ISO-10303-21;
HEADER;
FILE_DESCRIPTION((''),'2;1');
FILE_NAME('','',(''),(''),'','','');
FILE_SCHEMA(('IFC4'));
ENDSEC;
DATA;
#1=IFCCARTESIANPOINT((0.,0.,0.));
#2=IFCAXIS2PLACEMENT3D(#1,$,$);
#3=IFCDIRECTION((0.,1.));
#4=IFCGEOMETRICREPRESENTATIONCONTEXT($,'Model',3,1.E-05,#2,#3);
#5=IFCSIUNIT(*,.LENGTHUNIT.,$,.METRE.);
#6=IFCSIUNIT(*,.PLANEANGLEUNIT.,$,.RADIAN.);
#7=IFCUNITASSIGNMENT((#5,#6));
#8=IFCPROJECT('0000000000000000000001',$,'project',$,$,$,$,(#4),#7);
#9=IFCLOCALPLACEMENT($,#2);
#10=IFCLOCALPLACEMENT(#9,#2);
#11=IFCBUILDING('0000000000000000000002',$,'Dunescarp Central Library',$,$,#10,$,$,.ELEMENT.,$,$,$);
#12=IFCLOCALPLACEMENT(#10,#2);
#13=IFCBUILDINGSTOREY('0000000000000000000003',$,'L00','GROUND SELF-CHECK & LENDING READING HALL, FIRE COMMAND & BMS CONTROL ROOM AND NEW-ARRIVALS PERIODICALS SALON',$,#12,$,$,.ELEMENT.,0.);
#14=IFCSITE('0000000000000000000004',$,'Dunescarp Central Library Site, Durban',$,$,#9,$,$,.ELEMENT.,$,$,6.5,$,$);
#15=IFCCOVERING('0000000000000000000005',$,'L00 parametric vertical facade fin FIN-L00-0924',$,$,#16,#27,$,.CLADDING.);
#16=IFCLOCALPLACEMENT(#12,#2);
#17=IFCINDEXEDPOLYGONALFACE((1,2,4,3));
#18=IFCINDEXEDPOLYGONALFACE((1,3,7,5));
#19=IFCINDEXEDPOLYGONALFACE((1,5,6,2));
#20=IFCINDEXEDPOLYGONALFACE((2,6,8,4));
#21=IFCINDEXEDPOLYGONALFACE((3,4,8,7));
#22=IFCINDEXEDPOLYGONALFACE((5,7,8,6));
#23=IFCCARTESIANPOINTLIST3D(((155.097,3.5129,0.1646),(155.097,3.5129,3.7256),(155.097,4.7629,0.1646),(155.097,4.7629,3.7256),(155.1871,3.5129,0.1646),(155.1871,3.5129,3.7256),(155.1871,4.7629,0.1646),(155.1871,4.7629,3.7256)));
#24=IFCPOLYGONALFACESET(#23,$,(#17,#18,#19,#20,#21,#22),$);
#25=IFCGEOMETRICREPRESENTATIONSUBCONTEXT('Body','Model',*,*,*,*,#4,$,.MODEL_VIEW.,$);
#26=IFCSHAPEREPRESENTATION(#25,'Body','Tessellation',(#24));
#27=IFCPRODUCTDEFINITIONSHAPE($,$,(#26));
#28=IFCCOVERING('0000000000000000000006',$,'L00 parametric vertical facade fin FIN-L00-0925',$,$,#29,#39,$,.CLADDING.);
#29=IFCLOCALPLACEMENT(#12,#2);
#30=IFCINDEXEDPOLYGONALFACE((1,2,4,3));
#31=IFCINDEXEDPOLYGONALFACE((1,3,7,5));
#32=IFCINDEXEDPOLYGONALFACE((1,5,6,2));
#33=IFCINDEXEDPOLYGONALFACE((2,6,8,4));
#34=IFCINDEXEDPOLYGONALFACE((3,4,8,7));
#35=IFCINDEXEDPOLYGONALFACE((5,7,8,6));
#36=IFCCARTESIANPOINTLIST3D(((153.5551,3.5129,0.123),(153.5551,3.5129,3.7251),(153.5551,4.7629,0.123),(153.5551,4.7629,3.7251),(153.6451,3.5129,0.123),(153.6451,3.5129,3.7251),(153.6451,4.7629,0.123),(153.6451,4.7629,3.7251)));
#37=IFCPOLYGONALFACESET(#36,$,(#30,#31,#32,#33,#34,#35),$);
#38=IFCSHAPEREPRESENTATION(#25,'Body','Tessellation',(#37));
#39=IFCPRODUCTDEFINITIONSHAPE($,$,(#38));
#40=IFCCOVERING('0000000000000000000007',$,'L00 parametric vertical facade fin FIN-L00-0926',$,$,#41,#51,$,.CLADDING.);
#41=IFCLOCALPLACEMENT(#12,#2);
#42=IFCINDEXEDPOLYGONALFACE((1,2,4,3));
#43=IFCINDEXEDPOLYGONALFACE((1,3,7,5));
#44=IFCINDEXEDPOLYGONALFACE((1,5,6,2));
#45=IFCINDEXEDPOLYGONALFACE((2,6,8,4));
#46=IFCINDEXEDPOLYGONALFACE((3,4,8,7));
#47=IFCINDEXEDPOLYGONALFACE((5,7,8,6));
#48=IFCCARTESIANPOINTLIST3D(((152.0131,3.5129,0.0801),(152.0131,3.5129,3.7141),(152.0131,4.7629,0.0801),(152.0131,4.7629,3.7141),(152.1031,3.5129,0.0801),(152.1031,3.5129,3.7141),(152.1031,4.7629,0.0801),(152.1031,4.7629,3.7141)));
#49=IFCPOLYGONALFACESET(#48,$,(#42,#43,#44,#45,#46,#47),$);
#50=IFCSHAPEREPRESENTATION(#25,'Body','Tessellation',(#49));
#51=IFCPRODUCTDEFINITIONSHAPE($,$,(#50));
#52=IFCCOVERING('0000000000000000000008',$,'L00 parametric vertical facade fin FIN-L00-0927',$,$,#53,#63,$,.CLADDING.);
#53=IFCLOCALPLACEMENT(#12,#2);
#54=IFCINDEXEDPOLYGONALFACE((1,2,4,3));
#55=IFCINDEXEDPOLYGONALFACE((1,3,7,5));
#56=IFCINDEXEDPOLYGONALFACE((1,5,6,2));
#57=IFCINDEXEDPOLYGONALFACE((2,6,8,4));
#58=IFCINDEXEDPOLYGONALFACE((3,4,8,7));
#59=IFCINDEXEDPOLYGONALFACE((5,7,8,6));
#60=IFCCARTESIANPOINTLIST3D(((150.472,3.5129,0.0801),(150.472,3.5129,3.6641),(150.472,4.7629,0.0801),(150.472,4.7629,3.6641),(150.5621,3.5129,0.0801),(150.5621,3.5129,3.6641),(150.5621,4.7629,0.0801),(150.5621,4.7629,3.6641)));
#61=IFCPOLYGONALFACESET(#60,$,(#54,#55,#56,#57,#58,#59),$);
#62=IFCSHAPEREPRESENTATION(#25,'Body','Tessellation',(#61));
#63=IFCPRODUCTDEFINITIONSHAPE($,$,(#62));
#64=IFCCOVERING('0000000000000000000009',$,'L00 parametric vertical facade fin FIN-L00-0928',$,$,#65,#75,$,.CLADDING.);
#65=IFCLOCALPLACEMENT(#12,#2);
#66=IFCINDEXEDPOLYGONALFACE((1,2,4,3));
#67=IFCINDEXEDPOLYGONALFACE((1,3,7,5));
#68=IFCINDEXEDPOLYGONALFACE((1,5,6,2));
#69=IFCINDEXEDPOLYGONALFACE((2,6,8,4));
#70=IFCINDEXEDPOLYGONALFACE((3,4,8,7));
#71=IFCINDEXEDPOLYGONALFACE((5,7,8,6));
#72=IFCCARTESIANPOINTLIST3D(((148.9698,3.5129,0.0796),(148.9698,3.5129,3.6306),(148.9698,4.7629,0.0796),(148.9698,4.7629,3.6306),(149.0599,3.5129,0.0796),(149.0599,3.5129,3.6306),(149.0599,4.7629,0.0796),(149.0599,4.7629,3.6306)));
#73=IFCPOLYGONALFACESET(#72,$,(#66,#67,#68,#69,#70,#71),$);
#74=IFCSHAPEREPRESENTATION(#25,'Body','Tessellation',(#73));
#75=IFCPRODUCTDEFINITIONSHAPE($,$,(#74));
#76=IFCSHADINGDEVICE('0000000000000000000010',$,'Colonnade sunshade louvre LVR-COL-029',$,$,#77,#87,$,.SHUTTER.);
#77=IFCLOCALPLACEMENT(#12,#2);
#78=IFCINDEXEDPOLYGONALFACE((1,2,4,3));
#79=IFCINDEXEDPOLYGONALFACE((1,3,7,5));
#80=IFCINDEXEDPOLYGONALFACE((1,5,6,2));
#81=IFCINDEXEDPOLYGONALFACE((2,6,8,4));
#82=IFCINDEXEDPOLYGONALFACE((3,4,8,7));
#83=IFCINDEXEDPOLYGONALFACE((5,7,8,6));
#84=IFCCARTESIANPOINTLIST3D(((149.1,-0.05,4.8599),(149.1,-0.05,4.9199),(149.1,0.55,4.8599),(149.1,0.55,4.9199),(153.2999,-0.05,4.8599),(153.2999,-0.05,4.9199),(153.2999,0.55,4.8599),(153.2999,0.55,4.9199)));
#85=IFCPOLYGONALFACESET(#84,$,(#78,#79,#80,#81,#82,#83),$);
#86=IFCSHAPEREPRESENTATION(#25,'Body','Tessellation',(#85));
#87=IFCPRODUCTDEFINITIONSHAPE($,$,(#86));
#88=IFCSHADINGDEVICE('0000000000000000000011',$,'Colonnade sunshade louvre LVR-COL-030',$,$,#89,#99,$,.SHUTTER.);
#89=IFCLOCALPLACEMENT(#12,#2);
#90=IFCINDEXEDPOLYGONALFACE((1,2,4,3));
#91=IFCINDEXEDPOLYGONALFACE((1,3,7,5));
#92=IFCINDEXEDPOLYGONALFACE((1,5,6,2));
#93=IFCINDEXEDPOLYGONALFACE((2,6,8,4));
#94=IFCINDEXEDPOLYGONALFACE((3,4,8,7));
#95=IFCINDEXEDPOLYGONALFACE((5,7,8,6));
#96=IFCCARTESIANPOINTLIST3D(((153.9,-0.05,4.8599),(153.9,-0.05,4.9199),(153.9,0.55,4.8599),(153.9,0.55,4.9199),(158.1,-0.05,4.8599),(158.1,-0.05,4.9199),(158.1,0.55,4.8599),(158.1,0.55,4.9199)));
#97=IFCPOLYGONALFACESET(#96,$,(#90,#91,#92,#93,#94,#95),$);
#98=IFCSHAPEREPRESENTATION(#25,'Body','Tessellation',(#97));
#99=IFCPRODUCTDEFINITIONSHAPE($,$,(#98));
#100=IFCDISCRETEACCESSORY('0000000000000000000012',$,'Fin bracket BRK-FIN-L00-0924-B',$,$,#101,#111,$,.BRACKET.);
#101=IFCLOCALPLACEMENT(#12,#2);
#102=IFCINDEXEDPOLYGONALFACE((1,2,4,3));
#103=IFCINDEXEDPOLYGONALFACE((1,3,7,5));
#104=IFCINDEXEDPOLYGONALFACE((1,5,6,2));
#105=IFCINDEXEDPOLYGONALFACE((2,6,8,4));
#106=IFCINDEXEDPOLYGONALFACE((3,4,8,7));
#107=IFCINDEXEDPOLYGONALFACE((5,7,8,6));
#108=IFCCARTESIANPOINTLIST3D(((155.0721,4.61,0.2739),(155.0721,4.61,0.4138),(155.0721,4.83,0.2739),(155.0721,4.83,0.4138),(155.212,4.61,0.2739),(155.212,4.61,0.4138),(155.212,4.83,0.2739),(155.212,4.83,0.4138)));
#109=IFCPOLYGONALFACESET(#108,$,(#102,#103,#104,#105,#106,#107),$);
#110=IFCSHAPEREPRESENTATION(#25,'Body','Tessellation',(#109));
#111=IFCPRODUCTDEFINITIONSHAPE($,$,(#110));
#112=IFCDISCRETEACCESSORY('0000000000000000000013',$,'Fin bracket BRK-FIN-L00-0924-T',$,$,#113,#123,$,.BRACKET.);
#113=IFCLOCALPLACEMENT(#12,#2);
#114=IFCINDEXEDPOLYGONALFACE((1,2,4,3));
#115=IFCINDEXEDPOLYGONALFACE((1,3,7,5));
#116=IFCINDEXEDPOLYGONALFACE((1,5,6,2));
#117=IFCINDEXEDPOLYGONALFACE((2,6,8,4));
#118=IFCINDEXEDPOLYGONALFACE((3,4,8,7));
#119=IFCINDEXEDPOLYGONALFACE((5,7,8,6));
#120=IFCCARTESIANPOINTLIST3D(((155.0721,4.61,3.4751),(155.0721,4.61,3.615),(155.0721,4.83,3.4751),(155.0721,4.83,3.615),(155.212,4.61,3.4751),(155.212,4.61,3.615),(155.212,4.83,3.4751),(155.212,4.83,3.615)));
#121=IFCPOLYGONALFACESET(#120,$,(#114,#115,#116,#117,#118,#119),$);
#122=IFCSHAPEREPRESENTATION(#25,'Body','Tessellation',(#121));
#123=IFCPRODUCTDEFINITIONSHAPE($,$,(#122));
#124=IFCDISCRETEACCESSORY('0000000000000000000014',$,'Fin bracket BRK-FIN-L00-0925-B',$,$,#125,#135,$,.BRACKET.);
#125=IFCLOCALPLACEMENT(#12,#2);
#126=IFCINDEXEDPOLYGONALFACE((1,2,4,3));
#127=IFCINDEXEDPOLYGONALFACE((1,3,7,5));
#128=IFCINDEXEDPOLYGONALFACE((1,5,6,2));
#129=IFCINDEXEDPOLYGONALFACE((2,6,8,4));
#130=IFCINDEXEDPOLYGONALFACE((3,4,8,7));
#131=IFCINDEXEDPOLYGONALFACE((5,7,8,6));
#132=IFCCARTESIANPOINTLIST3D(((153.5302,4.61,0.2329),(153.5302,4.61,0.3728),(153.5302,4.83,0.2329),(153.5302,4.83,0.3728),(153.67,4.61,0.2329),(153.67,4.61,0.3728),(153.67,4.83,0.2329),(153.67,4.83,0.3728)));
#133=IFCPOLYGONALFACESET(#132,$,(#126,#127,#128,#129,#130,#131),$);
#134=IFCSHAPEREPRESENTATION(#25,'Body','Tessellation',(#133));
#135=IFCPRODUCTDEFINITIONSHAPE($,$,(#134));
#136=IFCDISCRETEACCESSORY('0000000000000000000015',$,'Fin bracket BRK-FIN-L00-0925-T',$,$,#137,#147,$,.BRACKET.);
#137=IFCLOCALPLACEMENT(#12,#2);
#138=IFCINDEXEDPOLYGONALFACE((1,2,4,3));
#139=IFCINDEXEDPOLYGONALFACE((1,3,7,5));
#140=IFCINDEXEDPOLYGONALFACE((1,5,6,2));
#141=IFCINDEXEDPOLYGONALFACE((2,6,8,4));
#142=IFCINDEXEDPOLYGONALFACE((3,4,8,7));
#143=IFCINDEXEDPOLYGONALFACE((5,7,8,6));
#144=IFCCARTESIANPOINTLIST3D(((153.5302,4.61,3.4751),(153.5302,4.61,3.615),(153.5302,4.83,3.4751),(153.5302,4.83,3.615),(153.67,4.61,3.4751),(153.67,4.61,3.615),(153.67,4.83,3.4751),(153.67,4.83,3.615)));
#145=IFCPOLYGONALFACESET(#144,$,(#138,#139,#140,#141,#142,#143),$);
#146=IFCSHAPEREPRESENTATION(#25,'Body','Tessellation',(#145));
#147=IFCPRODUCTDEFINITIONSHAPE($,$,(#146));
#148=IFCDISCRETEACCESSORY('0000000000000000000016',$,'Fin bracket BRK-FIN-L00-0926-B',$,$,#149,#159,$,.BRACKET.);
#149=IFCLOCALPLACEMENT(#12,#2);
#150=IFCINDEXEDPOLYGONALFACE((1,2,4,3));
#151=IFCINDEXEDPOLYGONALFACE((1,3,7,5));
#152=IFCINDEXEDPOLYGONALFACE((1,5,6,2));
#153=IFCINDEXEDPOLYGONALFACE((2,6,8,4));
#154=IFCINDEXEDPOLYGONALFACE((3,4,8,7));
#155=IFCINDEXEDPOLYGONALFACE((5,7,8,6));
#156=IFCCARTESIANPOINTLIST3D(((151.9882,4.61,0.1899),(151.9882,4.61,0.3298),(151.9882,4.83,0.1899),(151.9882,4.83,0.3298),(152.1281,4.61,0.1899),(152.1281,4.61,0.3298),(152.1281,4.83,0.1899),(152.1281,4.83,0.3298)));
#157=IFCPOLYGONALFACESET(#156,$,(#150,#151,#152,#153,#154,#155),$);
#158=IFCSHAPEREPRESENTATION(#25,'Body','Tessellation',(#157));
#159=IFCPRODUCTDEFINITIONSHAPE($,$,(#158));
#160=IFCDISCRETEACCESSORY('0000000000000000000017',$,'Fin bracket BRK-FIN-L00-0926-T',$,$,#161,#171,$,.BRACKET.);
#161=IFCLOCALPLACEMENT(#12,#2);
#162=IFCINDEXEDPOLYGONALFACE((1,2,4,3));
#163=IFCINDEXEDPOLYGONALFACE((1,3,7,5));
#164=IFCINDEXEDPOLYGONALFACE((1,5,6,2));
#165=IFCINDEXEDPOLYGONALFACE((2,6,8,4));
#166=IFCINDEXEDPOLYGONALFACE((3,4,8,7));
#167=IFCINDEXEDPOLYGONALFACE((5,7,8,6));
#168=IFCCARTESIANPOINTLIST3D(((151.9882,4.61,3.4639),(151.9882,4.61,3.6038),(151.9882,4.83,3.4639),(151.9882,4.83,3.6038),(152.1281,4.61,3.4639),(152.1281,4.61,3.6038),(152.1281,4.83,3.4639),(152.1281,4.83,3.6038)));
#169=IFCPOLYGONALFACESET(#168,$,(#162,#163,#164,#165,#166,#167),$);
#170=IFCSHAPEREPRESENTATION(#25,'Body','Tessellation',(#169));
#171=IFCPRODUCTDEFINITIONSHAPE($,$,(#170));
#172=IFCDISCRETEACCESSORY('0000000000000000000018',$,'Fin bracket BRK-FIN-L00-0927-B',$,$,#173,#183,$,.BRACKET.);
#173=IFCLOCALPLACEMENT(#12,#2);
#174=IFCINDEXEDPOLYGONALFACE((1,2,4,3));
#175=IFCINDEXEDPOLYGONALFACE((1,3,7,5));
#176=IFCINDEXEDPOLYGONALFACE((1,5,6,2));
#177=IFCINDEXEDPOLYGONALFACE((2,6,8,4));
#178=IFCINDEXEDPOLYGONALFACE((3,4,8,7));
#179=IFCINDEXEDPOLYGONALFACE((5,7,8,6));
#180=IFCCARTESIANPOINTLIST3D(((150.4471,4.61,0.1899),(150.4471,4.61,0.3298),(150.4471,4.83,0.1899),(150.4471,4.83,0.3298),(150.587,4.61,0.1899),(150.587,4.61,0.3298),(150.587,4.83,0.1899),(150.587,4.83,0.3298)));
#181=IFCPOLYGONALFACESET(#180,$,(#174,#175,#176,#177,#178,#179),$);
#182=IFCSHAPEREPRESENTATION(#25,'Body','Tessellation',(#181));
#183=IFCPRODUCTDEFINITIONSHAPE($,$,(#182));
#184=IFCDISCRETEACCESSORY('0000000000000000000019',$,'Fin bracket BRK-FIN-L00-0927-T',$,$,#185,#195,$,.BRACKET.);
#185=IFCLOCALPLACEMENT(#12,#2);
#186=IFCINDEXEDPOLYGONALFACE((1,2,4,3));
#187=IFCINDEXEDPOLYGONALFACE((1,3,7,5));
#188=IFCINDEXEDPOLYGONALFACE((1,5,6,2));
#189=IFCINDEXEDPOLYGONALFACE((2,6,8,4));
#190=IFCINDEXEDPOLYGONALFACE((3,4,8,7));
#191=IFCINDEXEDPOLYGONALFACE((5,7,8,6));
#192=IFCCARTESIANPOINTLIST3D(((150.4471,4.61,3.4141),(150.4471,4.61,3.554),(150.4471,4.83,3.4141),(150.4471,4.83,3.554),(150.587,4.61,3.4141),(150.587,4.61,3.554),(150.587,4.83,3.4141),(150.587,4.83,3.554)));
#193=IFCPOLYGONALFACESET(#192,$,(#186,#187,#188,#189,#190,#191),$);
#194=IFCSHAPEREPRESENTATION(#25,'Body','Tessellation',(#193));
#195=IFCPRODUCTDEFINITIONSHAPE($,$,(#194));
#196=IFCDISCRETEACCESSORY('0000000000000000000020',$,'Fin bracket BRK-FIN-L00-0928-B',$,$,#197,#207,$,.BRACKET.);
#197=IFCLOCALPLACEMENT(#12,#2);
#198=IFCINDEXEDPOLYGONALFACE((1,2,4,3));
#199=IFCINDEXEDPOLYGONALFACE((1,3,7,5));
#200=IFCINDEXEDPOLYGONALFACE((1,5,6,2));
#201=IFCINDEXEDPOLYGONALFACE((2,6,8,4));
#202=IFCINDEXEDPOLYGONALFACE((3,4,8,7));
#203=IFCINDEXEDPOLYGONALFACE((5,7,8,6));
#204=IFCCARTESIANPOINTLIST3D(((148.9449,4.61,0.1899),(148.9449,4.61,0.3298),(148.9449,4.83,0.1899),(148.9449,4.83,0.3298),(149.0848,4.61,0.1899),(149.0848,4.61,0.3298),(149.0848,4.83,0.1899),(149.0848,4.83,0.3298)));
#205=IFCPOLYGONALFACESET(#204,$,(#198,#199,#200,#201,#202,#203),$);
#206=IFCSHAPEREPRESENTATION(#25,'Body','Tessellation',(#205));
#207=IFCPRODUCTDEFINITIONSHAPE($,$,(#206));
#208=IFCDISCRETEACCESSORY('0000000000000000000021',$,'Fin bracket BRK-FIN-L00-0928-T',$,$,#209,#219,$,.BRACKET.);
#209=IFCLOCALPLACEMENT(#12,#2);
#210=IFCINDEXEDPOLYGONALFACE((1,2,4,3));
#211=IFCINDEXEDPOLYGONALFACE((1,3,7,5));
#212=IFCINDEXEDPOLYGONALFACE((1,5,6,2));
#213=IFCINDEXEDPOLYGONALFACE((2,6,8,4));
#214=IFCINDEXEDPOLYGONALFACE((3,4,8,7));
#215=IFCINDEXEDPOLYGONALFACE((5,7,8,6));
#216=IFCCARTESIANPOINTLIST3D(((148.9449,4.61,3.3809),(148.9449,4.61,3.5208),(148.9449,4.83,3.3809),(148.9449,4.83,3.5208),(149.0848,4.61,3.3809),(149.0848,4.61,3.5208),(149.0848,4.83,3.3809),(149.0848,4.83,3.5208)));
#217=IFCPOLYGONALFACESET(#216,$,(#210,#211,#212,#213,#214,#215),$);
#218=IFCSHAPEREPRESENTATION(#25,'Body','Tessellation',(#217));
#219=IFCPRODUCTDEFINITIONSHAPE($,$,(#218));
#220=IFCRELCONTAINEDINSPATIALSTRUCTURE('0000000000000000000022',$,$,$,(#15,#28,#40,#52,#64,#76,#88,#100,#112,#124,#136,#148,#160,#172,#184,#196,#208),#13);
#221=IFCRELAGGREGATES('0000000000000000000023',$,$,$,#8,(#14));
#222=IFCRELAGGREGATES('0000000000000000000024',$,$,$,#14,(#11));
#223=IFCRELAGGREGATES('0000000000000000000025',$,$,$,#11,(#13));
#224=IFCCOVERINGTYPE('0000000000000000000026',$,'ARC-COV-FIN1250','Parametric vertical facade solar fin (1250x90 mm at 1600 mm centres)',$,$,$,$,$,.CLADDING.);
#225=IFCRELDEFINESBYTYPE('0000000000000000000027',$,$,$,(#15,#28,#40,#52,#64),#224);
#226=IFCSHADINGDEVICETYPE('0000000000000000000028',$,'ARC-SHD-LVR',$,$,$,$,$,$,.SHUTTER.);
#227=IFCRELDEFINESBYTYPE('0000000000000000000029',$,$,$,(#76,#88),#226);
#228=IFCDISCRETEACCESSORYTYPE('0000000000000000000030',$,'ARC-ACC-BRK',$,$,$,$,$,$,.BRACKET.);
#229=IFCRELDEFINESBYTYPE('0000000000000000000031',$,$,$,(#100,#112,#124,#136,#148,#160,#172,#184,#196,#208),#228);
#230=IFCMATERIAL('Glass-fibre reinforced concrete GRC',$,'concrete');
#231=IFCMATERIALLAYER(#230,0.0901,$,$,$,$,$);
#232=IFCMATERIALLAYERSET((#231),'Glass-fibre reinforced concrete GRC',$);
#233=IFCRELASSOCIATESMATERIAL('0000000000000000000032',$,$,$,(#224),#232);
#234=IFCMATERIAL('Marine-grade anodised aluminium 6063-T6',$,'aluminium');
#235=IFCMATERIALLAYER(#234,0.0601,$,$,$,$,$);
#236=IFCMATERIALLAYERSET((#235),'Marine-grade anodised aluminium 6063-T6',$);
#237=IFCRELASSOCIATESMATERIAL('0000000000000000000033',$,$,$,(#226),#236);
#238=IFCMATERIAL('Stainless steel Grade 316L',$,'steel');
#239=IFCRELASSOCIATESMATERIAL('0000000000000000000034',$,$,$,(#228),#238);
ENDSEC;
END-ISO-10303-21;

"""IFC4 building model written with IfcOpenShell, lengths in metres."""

from ifc_helpers import new_model, si_unit, direction, frame, origin, origin_2d, place, context, subcontext, project, spatial, rectangle, extrude, material, layer, layer_set, type_object, element, save


model = new_model("IFC4")

# Units and contexts
model_context = context("Model", 3, precision=1e-05, world=origin(), true_north=direction((0.0, 1.0)))
body_context = subcontext(model_context, "Body", "Model", "MODEL_VIEW")
ifc_project = project(units=[si_unit("LENGTHUNIT", "METRE"), si_unit("PLANEANGLEUNIT", "RADIAN")], contexts=[model_context])

# Site, building, storey
site_placement = place(None, origin())
site = spatial("IfcSite", under=ifc_project, at=site_placement, Name="Dunescarp Central Library Site, Durban", CompositionType="ELEMENT", RefElevation=6.5)
building_placement = place(site_placement, origin())
building = spatial("IfcBuilding", under=site, at=building_placement, Name="Dunescarp Central Library", CompositionType="ELEMENT")
storey_placement = place(building_placement, origin())
storey = spatial("IfcBuildingStorey", under=building, at=storey_placement, Name="L00", Description="GROUND SELF-CHECK & LENDING READING HALL, FIRE COMMAND & BMS CONTROL ROOM AND NEW-ARRIVALS PERIODICALS SALON", CompositionType="ELEMENT", Elevation=0.0)

# Shared definitions
ifc_material_1 = material(Name="Marine-grade anodised aluminium 6063-T6", Category="aluminium")

# Shared definitions
ifc_material_2 = material(Name="Glass-fibre reinforced concrete GRC", Category="concrete")

# Coverings
ifc_layer_1 = layer(ifc_material_2, 0.0901)
ifc_layer_set_1 = layer_set([ifc_layer_1], Name="Glass-fibre reinforced concrete GRC")
covering_type = type_object("IfcCoveringType", Name="ARC-COV-FIN1250", Description="Parametric vertical facade solar fin (1250x90 mm at 1600 mm centres)", PredefinedType="CLADDING", material=ifc_layer_set_1)
covering_1_placement = place(storey_placement, frame((155.1421, 4.1379, 0.1646), z_axis=(0.0, 0.0, 1.0), x_axis=(0.0, -1.0, 0.0)))
element("IfcCovering", 1, at=covering_1_placement, inside=storey, type_object=covering_type, Name="L00 parametric vertical facade fin FIN-L00-0924", PredefinedType="CLADDING", context=body_context, shape_type="SweptSolid", body=[
    extrude(rectangle(XDim=1.25, YDim=0.0901, at=origin_2d()), origin(), (0.0, 0.0, 1.0), 3.561),
])
covering_2_placement = place(storey_placement, frame((153.6001, 4.1379, 0.123), z_axis=(0.0, 0.0, 1.0), x_axis=(0.0, -1.0, 0.0)))
element("IfcCovering", 2, at=covering_2_placement, inside=storey, type_object=covering_type, Name="L00 parametric vertical facade fin FIN-L00-0925", PredefinedType="CLADDING", context=body_context, shape_type="SweptSolid", body=[
    extrude(rectangle(XDim=1.25, YDim=0.0901, at=origin_2d()), origin(), (0.0, 0.0, 1.0), 3.6021),
])
covering_3_placement = place(storey_placement, frame((152.0581, 4.1379, 0.0801), z_axis=(0.0, 0.0, 1.0), x_axis=(0.0, -1.0, 0.0)))
element("IfcCovering", 3, at=covering_3_placement, inside=storey, type_object=covering_type, Name="L00 parametric vertical facade fin FIN-L00-0926", PredefinedType="CLADDING", context=body_context, shape_type="SweptSolid", body=[
    extrude(rectangle(XDim=1.25, YDim=0.0901, at=origin_2d()), origin(), (0.0, 0.0, 1.0), 3.634),
])
covering_4_placement = place(storey_placement, frame((150.5171, 4.1379, 0.0801), z_axis=(0.0, 0.0, 1.0), x_axis=(0.0, -1.0, 0.0)))
element("IfcCovering", 4, at=covering_4_placement, inside=storey, type_object=covering_type, Name="L00 parametric vertical facade fin FIN-L00-0927", PredefinedType="CLADDING", context=body_context, shape_type="SweptSolid", body=[
    extrude(rectangle(XDim=1.25, YDim=0.0901, at=origin_2d()), origin(), (0.0, 0.0, 1.0), 3.584),
])
covering_5_placement = place(storey_placement, frame((149.0149, 4.1379, 0.0796), z_axis=(0.0, 0.0, 1.0), x_axis=(0.0, -1.0, 0.0)))
element("IfcCovering", 5, at=covering_5_placement, inside=storey, type_object=covering_type, Name="L00 parametric vertical facade fin FIN-L00-0928", PredefinedType="CLADDING", context=body_context, shape_type="SweptSolid", body=[
    extrude(rectangle(XDim=1.25, YDim=0.0901, at=origin_2d()), origin(), (0.0, 0.0, 1.0), 3.551),
])

# Shading devices
ifc_layer_2 = layer(ifc_material_1, 0.0601)
ifc_layer_set_2 = layer_set([ifc_layer_2], Name="Marine-grade anodised aluminium 6063-T6")
shading_device_type = type_object("IfcShadingDeviceType", Name="ARC-SHD-LVR", PredefinedType="SHUTTER", material=ifc_layer_set_2)
for number, where, z_axis, x_axis, name in (
    (6, (151.2, 0.25, 4.8599), (0.0, 0.0, 1.0), (1.0, 0.0, 0.0), "Colonnade sunshade louvre LVR-COL-029"),
    (7, (156.0, 0.25, 4.8599), (0.0, 0.0, 1.0), (1.0, 0.0, 0.0), "Colonnade sunshade louvre LVR-COL-030"),
):
    element("IfcShadingDevice", number, at=place(storey_placement, frame(where, z_axis=z_axis, x_axis=x_axis)), inside=storey, type_object=shading_device_type, Name=name, PredefinedType="SHUTTER", context=body_context, shape_type="SweptSolid", body=[
        extrude(rectangle(XDim=4.2, YDim=0.6001, at=origin_2d()), origin(), (0.0, 0.0, 1.0), 0.0601),
    ])

# Discrete accessories
ifc_material_3 = material(Name="Stainless steel Grade 316L", Category="steel")
discrete_accessory_type = type_object("IfcDiscreteAccessoryType", Name="ARC-ACC-BRK", PredefinedType="BRACKET", material=ifc_material_3)
for number, where, z_axis, x_axis, name in (
    (8, (155.1421, 4.72, 0.2739), (0.0, 0.0, 1.0), (0.0, -1.0, 0.0), "Fin bracket BRK-FIN-L00-0924-B"),
    (9, (155.1421, 4.72, 3.4751), (0.0, 0.0, 1.0), (0.0, -1.0, 0.0), "Fin bracket BRK-FIN-L00-0924-T"),
    (10, (153.6001, 4.72, 0.2329), (0.0, 0.0, 1.0), (0.0, -1.0, 0.0), "Fin bracket BRK-FIN-L00-0925-B"),
    (11, (153.6001, 4.72, 3.4751), (0.0, 0.0, 1.0), (0.0, -1.0, 0.0), "Fin bracket BRK-FIN-L00-0925-T"),
    (12, (152.0581, 4.72, 0.1899), (0.0, 0.0, 1.0), (0.0, -1.0, 0.0), "Fin bracket BRK-FIN-L00-0926-B"),
    (13, (152.0581, 4.72, 3.4639), (0.0, 0.0, 1.0), (0.0, -1.0, 0.0), "Fin bracket BRK-FIN-L00-0926-T"),
    (14, (150.5171, 4.72, 0.1899), (0.0, 0.0, 1.0), (0.0, -1.0, 0.0), "Fin bracket BRK-FIN-L00-0927-B"),
    (15, (150.5171, 4.72, 3.4141), (0.0, 0.0, 1.0), (0.0, -1.0, 0.0), "Fin bracket BRK-FIN-L00-0927-T"),
    (16, (149.0149, 4.72, 0.1899), (0.0, 0.0, 1.0), (0.0, -1.0, 0.0), "Fin bracket BRK-FIN-L00-0928-B"),
    (17, (149.0149, 4.72, 3.3809), (0.0, 0.0, 1.0), (0.0, -1.0, 0.0), "Fin bracket BRK-FIN-L00-0928-T"),
):
    element("IfcDiscreteAccessory", number, at=place(storey_placement, frame(where, z_axis=z_axis, x_axis=x_axis)), inside=storey, type_object=discrete_accessory_type, Name=name, PredefinedType="BRACKET", context=body_context, shape_type="SweptSolid", body=[
        extrude(rectangle(XDim=0.22, YDim=0.1399, at=origin_2d()), origin(), (0.0, 0.0, 1.0), 0.1399),
    ])

save(model, "model.ifc")
